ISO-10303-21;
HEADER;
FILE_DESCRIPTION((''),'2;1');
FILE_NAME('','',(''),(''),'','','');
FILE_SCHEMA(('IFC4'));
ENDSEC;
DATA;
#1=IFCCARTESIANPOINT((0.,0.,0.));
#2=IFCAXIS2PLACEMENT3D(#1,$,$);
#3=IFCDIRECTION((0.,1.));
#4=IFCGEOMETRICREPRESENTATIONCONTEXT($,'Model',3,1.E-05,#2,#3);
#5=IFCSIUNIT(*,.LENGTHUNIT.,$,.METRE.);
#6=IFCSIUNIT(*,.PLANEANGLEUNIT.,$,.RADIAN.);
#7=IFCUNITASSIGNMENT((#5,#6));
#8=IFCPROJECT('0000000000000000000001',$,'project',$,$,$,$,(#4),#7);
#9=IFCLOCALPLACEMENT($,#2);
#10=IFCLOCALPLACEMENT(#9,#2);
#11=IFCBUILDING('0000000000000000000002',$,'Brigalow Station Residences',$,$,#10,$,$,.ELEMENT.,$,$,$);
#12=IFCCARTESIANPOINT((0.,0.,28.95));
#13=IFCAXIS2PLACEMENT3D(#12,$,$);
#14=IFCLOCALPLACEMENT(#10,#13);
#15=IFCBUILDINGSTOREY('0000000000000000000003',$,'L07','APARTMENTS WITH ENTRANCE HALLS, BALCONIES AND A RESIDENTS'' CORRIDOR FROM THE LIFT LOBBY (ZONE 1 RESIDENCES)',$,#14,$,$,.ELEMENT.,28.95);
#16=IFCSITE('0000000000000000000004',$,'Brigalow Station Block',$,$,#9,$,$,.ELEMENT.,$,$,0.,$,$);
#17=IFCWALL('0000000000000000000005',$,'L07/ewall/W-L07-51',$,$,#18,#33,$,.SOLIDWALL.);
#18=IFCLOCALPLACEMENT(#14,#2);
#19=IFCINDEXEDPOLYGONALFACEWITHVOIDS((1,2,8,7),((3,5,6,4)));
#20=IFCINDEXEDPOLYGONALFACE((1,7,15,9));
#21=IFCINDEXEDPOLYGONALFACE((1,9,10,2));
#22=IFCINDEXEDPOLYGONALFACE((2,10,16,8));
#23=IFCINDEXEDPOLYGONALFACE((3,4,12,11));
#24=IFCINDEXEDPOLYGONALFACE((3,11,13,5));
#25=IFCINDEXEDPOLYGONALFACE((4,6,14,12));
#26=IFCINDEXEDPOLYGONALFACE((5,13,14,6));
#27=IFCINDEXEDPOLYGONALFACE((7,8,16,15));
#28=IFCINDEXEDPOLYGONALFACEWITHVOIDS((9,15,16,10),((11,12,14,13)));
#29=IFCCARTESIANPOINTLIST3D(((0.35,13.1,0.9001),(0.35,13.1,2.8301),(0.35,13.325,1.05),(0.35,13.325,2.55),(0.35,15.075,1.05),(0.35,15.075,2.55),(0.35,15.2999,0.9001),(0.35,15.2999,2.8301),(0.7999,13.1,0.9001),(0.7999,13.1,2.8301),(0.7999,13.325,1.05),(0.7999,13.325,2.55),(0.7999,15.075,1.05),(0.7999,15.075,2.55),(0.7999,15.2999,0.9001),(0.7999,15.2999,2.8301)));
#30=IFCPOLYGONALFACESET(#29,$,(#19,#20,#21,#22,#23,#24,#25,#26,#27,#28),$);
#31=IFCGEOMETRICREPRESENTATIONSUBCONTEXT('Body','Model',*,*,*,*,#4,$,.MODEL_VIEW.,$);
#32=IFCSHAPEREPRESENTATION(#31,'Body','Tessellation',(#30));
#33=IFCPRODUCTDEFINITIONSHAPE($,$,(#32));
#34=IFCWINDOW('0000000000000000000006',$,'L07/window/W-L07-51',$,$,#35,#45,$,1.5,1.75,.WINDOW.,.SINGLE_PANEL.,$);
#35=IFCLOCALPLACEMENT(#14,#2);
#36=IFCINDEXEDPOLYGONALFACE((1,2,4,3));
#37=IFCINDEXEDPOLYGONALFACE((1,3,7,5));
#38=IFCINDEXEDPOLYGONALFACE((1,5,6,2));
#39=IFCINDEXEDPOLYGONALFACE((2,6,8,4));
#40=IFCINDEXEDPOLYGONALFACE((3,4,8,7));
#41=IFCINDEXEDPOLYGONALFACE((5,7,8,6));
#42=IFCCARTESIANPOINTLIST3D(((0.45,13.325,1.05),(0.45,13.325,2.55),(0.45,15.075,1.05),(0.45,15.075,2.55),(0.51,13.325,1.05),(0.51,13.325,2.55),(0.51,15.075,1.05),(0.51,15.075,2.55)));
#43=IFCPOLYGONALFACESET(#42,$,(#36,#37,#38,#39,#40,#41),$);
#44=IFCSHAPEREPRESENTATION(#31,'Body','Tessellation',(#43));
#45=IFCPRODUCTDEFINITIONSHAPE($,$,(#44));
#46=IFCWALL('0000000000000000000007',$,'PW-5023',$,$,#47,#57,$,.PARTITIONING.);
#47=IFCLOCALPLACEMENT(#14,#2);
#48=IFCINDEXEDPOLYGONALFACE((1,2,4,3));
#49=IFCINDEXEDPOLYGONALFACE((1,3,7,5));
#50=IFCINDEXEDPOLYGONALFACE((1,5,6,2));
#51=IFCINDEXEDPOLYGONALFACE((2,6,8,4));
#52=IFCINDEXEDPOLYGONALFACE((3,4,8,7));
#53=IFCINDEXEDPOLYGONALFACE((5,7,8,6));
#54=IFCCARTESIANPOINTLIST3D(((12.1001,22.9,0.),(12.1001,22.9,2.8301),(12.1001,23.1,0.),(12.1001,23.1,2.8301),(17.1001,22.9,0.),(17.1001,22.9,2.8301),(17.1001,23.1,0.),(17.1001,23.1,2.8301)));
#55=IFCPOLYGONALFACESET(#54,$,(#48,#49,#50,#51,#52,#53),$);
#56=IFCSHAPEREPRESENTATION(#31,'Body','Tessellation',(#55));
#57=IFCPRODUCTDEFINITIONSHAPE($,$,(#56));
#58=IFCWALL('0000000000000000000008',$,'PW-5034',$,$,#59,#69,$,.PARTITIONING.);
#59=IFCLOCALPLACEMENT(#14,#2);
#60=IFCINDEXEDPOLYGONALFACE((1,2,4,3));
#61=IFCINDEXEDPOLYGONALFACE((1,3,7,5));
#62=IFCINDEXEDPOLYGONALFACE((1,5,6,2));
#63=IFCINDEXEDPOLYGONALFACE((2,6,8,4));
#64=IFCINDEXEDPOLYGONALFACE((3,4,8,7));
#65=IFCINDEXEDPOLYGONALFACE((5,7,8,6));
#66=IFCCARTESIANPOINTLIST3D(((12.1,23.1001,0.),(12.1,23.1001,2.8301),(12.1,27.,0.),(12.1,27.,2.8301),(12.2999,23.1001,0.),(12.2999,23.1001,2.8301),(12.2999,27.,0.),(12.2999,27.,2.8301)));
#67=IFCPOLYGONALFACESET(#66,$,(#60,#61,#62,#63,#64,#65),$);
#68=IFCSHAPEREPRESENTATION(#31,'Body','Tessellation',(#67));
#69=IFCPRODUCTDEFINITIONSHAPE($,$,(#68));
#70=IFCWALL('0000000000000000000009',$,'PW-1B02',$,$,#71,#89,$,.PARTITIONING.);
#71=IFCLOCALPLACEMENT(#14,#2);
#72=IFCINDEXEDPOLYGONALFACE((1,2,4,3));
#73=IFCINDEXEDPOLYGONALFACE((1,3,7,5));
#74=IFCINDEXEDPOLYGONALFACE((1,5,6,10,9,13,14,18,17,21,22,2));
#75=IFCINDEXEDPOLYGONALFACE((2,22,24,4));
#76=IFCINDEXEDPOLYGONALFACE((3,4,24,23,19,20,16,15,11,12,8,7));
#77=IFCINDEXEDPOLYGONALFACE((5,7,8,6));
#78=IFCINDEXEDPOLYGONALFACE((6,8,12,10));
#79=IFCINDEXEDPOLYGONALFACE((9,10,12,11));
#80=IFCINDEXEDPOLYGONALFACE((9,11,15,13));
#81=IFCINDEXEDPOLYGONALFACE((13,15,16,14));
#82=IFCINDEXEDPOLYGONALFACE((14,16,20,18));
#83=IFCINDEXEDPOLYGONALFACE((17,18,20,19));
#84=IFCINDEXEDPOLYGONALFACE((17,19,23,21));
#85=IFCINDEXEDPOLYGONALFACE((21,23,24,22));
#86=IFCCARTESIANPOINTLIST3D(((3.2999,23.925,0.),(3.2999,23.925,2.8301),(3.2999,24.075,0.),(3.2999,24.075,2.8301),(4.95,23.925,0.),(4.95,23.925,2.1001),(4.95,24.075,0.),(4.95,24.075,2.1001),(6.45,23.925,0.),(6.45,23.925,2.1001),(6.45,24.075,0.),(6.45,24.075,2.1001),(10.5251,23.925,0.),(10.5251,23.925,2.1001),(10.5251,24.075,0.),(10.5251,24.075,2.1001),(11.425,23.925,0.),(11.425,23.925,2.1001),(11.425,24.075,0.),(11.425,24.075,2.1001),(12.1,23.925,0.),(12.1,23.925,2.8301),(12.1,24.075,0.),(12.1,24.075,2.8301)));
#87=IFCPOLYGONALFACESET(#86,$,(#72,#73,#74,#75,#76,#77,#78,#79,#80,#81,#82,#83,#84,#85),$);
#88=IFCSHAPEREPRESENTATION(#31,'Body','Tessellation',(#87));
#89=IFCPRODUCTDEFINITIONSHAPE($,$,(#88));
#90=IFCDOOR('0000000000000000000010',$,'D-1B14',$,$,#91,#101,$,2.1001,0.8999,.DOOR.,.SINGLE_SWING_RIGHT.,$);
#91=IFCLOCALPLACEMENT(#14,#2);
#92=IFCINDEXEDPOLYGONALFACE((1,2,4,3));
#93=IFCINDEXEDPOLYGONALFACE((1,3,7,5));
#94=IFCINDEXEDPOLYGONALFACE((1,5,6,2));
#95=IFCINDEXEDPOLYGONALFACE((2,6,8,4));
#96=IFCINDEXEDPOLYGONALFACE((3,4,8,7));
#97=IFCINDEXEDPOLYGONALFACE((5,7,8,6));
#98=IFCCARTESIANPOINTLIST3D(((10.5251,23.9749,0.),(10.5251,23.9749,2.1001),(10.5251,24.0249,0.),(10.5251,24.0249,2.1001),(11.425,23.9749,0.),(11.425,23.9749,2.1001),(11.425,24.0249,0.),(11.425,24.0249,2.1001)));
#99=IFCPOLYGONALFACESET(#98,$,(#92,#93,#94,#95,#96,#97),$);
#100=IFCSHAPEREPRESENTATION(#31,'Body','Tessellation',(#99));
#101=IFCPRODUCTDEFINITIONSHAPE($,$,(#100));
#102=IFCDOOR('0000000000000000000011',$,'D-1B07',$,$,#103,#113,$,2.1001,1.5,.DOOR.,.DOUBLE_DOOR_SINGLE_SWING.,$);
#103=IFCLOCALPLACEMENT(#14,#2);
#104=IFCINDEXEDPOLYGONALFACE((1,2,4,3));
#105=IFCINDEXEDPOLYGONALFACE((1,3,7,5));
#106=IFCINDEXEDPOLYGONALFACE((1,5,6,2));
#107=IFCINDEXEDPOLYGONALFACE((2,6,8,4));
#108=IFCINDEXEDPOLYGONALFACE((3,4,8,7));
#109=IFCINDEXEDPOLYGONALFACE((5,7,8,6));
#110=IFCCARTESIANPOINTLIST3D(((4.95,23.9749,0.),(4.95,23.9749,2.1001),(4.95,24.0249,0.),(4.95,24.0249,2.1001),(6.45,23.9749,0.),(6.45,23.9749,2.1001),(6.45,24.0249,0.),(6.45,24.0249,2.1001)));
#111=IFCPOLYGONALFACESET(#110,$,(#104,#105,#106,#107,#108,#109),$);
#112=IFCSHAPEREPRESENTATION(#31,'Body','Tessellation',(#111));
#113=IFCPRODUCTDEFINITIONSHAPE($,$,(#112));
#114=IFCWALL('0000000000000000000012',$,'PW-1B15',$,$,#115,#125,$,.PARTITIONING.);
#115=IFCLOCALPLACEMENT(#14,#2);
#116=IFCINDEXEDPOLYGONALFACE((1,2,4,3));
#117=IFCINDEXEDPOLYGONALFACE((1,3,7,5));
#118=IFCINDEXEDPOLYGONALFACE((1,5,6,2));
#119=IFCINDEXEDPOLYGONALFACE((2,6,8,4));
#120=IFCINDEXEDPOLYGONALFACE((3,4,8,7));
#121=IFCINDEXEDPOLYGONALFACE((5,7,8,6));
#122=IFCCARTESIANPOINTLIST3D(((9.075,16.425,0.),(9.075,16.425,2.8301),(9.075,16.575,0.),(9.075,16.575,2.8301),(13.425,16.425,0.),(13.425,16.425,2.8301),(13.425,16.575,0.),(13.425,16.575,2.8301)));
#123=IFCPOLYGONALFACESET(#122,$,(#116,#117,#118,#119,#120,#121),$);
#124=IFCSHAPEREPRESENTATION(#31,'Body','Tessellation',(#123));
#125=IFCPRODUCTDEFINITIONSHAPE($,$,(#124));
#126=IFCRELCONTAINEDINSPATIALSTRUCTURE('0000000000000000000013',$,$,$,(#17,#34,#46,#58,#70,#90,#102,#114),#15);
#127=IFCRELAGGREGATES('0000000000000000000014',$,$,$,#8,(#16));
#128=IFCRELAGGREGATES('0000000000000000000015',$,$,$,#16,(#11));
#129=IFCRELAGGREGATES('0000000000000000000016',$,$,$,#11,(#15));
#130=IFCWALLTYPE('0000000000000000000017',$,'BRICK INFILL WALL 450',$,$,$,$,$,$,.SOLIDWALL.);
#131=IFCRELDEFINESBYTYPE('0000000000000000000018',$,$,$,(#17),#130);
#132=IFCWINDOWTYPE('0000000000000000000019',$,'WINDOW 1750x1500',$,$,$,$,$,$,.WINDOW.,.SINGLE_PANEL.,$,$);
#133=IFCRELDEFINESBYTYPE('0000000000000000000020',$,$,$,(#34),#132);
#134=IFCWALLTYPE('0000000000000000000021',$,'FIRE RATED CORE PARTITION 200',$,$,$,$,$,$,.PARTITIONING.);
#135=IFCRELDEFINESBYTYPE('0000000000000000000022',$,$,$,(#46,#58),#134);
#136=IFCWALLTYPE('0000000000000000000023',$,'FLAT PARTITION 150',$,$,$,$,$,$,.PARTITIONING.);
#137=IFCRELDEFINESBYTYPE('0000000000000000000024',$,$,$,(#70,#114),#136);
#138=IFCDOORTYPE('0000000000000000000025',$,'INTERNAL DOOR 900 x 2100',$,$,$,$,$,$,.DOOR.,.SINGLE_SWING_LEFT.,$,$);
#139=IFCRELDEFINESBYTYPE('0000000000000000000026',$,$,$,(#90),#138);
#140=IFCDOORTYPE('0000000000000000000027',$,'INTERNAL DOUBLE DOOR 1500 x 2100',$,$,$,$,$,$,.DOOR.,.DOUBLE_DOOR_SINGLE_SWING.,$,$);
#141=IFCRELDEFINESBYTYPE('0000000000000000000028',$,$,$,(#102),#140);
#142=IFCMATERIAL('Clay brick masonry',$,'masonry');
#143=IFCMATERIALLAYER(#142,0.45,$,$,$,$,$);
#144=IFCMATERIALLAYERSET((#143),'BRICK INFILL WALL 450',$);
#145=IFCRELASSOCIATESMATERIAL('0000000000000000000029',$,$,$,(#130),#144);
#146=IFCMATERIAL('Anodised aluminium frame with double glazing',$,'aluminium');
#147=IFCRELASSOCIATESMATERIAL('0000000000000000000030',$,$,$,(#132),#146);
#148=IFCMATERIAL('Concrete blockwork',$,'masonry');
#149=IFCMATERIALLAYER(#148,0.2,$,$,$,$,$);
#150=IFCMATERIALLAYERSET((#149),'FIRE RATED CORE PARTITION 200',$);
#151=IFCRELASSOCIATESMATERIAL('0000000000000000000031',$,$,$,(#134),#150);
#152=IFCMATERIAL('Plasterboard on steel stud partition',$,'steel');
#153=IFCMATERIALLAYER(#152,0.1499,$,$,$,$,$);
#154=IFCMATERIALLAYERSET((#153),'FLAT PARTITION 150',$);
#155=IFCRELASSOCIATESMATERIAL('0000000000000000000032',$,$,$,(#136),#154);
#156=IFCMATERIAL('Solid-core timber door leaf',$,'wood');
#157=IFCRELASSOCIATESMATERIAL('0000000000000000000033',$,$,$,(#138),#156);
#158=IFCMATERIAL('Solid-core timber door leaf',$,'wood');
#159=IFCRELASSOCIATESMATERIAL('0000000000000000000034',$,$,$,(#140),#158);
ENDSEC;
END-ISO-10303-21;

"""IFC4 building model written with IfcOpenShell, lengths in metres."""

from ifc_helpers import new_model, si_unit, direction, frame, frame_2d, origin, place, context, subcontext, project, spatial, rectangle, extrude, material, layer, layer_set, type_object, element, fill, save


model = new_model("IFC4")

# Units and contexts
model_context = context("Model", 3, precision=1e-05, world=origin(), true_north=direction((0.0, 1.0)))
body_context = subcontext(model_context, "Body", "Model", "MODEL_VIEW")
ifc_project = project(units=[si_unit("LENGTHUNIT", "METRE"), si_unit("PLANEANGLEUNIT", "RADIAN")], contexts=[model_context])

# Site, building, storey
site_placement = place(None, origin())
site = spatial("IfcSite", under=ifc_project, at=site_placement, Name="Brigalow Station Block", CompositionType="ELEMENT", RefElevation=0.0)
building_placement = place(site_placement, origin())
building = spatial("IfcBuilding", under=site, at=building_placement, Name="Brigalow Station Residences", CompositionType="ELEMENT")
storey_placement = place(building_placement, frame((0.0, 0.0, 28.95)))
storey = spatial("IfcBuildingStorey", under=building, at=storey_placement, Name="L07", Description="APARTMENTS WITH ENTRANCE HALLS, BALCONIES AND A RESIDENTS' CORRIDOR FROM THE LIFT LOBBY (ZONE 1 RESIDENCES)", CompositionType="ELEMENT", Elevation=28.95)

# Shared definitions
ifc_material_1 = material(Name="Clay brick masonry", Category="masonry")
ifc_layer_1 = layer(ifc_material_1, 0.45)
ifc_layer_set_1 = layer_set([ifc_layer_1], Name="BRICK INFILL WALL 450")
wall_type_1 = type_object("IfcWallType", Name="BRICK INFILL WALL 450", PredefinedType="SOLIDWALL", material=ifc_layer_set_1)

# Wall, opening, window
wall_1_placement = place(storey_placement, frame((0.575, 15.3, 0.9001), z_axis=(0.0, 0.0, 1.0), x_axis=(0.0, -1.0, 0.0)))
wall_1 = element("IfcWall", 1, at=wall_1_placement, inside=storey, type_object=wall_type_1, Name="L07/ewall/W-L07-51", PredefinedType="SOLIDWALL", context=body_context, shape_type="SweptSolid", body=[
    extrude(rectangle(XDim=2.2, YDim=0.45, at=frame_2d((1.1001, 0.0))), origin(), (0.0, 0.0, 1.0), 1.9299),
])
opening_1_placement = place(wall_1_placement, frame((0.2251, 0.0, 0.1499)))
opening_1 = element("IfcOpeningElement", 2, at=opening_1_placement, cuts=wall_1, PredefinedType="OPENING", context=body_context, shape_type="SweptSolid", body=[
    extrude(rectangle(XDim=1.75, YDim=1.5, at=frame_2d((0.875, 0.75))), frame((0.0, 0.2349, 0.0), z_axis=(0.0, -1.0, 0.0), x_axis=(1.0, 0.0, 0.0)), (0.0, 0.0, 1.0), 0.47),
])
ifc_material_2 = material(Name="Anodised aluminium frame with double glazing", Category="aluminium")
window_type = type_object("IfcWindowType", Name="WINDOW 1750x1500", PartitioningType="SINGLE_PANEL", PredefinedType="WINDOW", material=ifc_material_2)
window_placement = place(opening_1_placement, origin())
window = element("IfcWindow", 3, at=window_placement, inside=storey, type_object=window_type, Name="L07/window/W-L07-51", OverallHeight=1.5, OverallWidth=1.75, PartitioningType="SINGLE_PANEL", PredefinedType="WINDOW", context=body_context, shape_type="SweptSolid", body=[
    extrude(rectangle(XDim=1.75, YDim=1.5, at=frame_2d((0.875, 0.75))), frame((0.0, -0.0649, 0.0), z_axis=(0.0, -1.0, 0.0), x_axis=(1.0, 0.0, 0.0)), (0.0, 0.0, 1.0), 0.0601),
])
fill(opening_1, window)

# Walls
ifc_material_3 = material(Name="Concrete blockwork", Category="masonry")
ifc_layer_2 = layer(ifc_material_3, 0.2)
ifc_layer_set_2 = layer_set([ifc_layer_2], Name="FIRE RATED CORE PARTITION 200")
wall_type_2 = type_object("IfcWallType", Name="FIRE RATED CORE PARTITION 200", PredefinedType="PARTITIONING", material=ifc_layer_set_2)
wall_2_placement = place(storey_placement, frame((12.1001, 23.0, 0.0), z_axis=(0.0, 0.0, 1.0), x_axis=(1.0, 0.0, 0.0)))
element("IfcWall", 4, at=wall_2_placement, inside=storey, type_object=wall_type_2, Name="PW-5023", PredefinedType="PARTITIONING", context=body_context, shape_type="SweptSolid", body=[
    extrude(rectangle(XDim=5.0, YDim=0.2, at=frame_2d((2.5, 0.0))), origin(), (0.0, 0.0, 1.0), 2.8301),
])
wall_3_placement = place(storey_placement, frame((12.2, 23.1001, 0.0), z_axis=(0.0, 0.0, 1.0), x_axis=(0.0, 1.0, 0.0)))
element("IfcWall", 5, at=wall_3_placement, inside=storey, type_object=wall_type_2, Name="PW-5034", PredefinedType="PARTITIONING", context=body_context, shape_type="SweptSolid", body=[
    extrude(rectangle(XDim=3.8999, YDim=0.2, at=frame_2d((1.95, 0.0))), origin(), (0.0, 0.0, 1.0), 2.8301),
])

# Wall, openings, doors
ifc_material_4 = material(Name="Plasterboard on steel stud partition", Category="steel")
ifc_layer_3 = layer(ifc_material_4, 0.1499)
ifc_layer_set_3 = layer_set([ifc_layer_3], Name="FLAT PARTITION 150")
wall_type_3 = type_object("IfcWallType", Name="FLAT PARTITION 150", PredefinedType="PARTITIONING", material=ifc_layer_set_3)
wall_4_placement = place(storey_placement, frame((3.3, 24.0, 0.0), z_axis=(0.0, 0.0, 1.0), x_axis=(1.0, 0.0, 0.0)))
wall_4 = element("IfcWall", 6, at=wall_4_placement, inside=storey, type_object=wall_type_3, Name="PW-1B02", PredefinedType="PARTITIONING", context=body_context, shape_type="SweptSolid", body=[
    extrude(rectangle(XDim=8.8, YDim=0.1499, at=frame_2d((4.3999, 0.0))), origin(), (0.0, 0.0, 1.0), 2.8301),
])
opening_2_placement = place(wall_4_placement, frame((1.6499, 0.0, 0.0)))
opening_2 = element("IfcOpeningElement", 7, at=opening_2_placement, cuts=wall_4, PredefinedType="OPENING", context=body_context, shape_type="SweptSolid", body=[
    extrude(rectangle(XDim=1.5, YDim=2.1001, at=frame_2d((0.75, 1.05))), frame((0.0, 0.085, 0.0), z_axis=(0.0, -1.0, 0.0), x_axis=(1.0, 0.0, 0.0)), (0.0, 0.0, 1.0), 0.1699),
])
opening_3_placement = place(wall_4_placement, frame((7.2251, 0.0, 0.0)))
opening_3 = element("IfcOpeningElement", 8, at=opening_3_placement, cuts=wall_4, PredefinedType="OPENING", context=body_context, shape_type="SweptSolid", body=[
    extrude(rectangle(XDim=0.8999, YDim=2.1001, at=frame_2d((0.45, 1.05))), frame((0.0, 0.085, 0.0), z_axis=(0.0, -1.0, 0.0), x_axis=(1.0, 0.0, 0.0)), (0.0, 0.0, 1.0), 0.1699),
])
ifc_material_5 = material(Name="Solid-core timber door leaf", Category="wood")
door_type_1 = type_object("IfcDoorType", Name="INTERNAL DOOR 900 x 2100", OperationType="SINGLE_SWING_LEFT", PredefinedType="DOOR", material=ifc_material_5)
door_1_placement = place(opening_3_placement, origin())
door_1 = element("IfcDoor", 9, at=door_1_placement, inside=storey, type_object=door_type_1, Name="D-1B14", OperationType="SINGLE_SWING_RIGHT", OverallHeight=2.1001, OverallWidth=0.8999, PredefinedType="DOOR", context=body_context, shape_type="SweptSolid", body=[
    extrude(rectangle(XDim=0.8999, YDim=2.1001, at=frame_2d((0.45, 1.05))), frame((0.0, 0.0249, 0.0), z_axis=(0.0, -1.0, 0.0), x_axis=(1.0, 0.0, 0.0)), (0.0, 0.0, 1.0), 0.05),
])
fill(opening_3, door_1)
ifc_material_6 = material(Name="Solid-core timber door leaf", Category="wood")
door_type_2 = type_object("IfcDoorType", Name="INTERNAL DOUBLE DOOR 1500 x 2100", OperationType="DOUBLE_DOOR_SINGLE_SWING", PredefinedType="DOOR", material=ifc_material_6)
door_2_placement = place(opening_2_placement, origin())
door_2 = element("IfcDoor", 10, at=door_2_placement, inside=storey, type_object=door_type_2, Name="D-1B07", OperationType="DOUBLE_DOOR_SINGLE_SWING", OverallHeight=2.1001, OverallWidth=1.5, PredefinedType="DOOR", context=body_context, shape_type="SweptSolid", body=[
    extrude(rectangle(XDim=1.5, YDim=2.1001, at=frame_2d((0.75, 1.05))), frame((0.0, 0.0249, 0.0), z_axis=(0.0, -1.0, 0.0), x_axis=(1.0, 0.0, 0.0)), (0.0, 0.0, 1.0), 0.05),
])
fill(opening_2, door_2)

# Wall
wall_5_placement = place(storey_placement, frame((9.075, 16.5, 0.0), z_axis=(0.0, 0.0, 1.0), x_axis=(1.0, 0.0, 0.0)))
element("IfcWall", 11, at=wall_5_placement, inside=storey, type_object=wall_type_3, Name="PW-1B15", PredefinedType="PARTITIONING", context=body_context, shape_type="SweptSolid", body=[
    extrude(rectangle(XDim=4.3501, YDim=0.1499, at=frame_2d((2.175, 0.0))), origin(), (0.0, 0.0, 1.0), 2.8301),
])

save(model, "model.ifc")
